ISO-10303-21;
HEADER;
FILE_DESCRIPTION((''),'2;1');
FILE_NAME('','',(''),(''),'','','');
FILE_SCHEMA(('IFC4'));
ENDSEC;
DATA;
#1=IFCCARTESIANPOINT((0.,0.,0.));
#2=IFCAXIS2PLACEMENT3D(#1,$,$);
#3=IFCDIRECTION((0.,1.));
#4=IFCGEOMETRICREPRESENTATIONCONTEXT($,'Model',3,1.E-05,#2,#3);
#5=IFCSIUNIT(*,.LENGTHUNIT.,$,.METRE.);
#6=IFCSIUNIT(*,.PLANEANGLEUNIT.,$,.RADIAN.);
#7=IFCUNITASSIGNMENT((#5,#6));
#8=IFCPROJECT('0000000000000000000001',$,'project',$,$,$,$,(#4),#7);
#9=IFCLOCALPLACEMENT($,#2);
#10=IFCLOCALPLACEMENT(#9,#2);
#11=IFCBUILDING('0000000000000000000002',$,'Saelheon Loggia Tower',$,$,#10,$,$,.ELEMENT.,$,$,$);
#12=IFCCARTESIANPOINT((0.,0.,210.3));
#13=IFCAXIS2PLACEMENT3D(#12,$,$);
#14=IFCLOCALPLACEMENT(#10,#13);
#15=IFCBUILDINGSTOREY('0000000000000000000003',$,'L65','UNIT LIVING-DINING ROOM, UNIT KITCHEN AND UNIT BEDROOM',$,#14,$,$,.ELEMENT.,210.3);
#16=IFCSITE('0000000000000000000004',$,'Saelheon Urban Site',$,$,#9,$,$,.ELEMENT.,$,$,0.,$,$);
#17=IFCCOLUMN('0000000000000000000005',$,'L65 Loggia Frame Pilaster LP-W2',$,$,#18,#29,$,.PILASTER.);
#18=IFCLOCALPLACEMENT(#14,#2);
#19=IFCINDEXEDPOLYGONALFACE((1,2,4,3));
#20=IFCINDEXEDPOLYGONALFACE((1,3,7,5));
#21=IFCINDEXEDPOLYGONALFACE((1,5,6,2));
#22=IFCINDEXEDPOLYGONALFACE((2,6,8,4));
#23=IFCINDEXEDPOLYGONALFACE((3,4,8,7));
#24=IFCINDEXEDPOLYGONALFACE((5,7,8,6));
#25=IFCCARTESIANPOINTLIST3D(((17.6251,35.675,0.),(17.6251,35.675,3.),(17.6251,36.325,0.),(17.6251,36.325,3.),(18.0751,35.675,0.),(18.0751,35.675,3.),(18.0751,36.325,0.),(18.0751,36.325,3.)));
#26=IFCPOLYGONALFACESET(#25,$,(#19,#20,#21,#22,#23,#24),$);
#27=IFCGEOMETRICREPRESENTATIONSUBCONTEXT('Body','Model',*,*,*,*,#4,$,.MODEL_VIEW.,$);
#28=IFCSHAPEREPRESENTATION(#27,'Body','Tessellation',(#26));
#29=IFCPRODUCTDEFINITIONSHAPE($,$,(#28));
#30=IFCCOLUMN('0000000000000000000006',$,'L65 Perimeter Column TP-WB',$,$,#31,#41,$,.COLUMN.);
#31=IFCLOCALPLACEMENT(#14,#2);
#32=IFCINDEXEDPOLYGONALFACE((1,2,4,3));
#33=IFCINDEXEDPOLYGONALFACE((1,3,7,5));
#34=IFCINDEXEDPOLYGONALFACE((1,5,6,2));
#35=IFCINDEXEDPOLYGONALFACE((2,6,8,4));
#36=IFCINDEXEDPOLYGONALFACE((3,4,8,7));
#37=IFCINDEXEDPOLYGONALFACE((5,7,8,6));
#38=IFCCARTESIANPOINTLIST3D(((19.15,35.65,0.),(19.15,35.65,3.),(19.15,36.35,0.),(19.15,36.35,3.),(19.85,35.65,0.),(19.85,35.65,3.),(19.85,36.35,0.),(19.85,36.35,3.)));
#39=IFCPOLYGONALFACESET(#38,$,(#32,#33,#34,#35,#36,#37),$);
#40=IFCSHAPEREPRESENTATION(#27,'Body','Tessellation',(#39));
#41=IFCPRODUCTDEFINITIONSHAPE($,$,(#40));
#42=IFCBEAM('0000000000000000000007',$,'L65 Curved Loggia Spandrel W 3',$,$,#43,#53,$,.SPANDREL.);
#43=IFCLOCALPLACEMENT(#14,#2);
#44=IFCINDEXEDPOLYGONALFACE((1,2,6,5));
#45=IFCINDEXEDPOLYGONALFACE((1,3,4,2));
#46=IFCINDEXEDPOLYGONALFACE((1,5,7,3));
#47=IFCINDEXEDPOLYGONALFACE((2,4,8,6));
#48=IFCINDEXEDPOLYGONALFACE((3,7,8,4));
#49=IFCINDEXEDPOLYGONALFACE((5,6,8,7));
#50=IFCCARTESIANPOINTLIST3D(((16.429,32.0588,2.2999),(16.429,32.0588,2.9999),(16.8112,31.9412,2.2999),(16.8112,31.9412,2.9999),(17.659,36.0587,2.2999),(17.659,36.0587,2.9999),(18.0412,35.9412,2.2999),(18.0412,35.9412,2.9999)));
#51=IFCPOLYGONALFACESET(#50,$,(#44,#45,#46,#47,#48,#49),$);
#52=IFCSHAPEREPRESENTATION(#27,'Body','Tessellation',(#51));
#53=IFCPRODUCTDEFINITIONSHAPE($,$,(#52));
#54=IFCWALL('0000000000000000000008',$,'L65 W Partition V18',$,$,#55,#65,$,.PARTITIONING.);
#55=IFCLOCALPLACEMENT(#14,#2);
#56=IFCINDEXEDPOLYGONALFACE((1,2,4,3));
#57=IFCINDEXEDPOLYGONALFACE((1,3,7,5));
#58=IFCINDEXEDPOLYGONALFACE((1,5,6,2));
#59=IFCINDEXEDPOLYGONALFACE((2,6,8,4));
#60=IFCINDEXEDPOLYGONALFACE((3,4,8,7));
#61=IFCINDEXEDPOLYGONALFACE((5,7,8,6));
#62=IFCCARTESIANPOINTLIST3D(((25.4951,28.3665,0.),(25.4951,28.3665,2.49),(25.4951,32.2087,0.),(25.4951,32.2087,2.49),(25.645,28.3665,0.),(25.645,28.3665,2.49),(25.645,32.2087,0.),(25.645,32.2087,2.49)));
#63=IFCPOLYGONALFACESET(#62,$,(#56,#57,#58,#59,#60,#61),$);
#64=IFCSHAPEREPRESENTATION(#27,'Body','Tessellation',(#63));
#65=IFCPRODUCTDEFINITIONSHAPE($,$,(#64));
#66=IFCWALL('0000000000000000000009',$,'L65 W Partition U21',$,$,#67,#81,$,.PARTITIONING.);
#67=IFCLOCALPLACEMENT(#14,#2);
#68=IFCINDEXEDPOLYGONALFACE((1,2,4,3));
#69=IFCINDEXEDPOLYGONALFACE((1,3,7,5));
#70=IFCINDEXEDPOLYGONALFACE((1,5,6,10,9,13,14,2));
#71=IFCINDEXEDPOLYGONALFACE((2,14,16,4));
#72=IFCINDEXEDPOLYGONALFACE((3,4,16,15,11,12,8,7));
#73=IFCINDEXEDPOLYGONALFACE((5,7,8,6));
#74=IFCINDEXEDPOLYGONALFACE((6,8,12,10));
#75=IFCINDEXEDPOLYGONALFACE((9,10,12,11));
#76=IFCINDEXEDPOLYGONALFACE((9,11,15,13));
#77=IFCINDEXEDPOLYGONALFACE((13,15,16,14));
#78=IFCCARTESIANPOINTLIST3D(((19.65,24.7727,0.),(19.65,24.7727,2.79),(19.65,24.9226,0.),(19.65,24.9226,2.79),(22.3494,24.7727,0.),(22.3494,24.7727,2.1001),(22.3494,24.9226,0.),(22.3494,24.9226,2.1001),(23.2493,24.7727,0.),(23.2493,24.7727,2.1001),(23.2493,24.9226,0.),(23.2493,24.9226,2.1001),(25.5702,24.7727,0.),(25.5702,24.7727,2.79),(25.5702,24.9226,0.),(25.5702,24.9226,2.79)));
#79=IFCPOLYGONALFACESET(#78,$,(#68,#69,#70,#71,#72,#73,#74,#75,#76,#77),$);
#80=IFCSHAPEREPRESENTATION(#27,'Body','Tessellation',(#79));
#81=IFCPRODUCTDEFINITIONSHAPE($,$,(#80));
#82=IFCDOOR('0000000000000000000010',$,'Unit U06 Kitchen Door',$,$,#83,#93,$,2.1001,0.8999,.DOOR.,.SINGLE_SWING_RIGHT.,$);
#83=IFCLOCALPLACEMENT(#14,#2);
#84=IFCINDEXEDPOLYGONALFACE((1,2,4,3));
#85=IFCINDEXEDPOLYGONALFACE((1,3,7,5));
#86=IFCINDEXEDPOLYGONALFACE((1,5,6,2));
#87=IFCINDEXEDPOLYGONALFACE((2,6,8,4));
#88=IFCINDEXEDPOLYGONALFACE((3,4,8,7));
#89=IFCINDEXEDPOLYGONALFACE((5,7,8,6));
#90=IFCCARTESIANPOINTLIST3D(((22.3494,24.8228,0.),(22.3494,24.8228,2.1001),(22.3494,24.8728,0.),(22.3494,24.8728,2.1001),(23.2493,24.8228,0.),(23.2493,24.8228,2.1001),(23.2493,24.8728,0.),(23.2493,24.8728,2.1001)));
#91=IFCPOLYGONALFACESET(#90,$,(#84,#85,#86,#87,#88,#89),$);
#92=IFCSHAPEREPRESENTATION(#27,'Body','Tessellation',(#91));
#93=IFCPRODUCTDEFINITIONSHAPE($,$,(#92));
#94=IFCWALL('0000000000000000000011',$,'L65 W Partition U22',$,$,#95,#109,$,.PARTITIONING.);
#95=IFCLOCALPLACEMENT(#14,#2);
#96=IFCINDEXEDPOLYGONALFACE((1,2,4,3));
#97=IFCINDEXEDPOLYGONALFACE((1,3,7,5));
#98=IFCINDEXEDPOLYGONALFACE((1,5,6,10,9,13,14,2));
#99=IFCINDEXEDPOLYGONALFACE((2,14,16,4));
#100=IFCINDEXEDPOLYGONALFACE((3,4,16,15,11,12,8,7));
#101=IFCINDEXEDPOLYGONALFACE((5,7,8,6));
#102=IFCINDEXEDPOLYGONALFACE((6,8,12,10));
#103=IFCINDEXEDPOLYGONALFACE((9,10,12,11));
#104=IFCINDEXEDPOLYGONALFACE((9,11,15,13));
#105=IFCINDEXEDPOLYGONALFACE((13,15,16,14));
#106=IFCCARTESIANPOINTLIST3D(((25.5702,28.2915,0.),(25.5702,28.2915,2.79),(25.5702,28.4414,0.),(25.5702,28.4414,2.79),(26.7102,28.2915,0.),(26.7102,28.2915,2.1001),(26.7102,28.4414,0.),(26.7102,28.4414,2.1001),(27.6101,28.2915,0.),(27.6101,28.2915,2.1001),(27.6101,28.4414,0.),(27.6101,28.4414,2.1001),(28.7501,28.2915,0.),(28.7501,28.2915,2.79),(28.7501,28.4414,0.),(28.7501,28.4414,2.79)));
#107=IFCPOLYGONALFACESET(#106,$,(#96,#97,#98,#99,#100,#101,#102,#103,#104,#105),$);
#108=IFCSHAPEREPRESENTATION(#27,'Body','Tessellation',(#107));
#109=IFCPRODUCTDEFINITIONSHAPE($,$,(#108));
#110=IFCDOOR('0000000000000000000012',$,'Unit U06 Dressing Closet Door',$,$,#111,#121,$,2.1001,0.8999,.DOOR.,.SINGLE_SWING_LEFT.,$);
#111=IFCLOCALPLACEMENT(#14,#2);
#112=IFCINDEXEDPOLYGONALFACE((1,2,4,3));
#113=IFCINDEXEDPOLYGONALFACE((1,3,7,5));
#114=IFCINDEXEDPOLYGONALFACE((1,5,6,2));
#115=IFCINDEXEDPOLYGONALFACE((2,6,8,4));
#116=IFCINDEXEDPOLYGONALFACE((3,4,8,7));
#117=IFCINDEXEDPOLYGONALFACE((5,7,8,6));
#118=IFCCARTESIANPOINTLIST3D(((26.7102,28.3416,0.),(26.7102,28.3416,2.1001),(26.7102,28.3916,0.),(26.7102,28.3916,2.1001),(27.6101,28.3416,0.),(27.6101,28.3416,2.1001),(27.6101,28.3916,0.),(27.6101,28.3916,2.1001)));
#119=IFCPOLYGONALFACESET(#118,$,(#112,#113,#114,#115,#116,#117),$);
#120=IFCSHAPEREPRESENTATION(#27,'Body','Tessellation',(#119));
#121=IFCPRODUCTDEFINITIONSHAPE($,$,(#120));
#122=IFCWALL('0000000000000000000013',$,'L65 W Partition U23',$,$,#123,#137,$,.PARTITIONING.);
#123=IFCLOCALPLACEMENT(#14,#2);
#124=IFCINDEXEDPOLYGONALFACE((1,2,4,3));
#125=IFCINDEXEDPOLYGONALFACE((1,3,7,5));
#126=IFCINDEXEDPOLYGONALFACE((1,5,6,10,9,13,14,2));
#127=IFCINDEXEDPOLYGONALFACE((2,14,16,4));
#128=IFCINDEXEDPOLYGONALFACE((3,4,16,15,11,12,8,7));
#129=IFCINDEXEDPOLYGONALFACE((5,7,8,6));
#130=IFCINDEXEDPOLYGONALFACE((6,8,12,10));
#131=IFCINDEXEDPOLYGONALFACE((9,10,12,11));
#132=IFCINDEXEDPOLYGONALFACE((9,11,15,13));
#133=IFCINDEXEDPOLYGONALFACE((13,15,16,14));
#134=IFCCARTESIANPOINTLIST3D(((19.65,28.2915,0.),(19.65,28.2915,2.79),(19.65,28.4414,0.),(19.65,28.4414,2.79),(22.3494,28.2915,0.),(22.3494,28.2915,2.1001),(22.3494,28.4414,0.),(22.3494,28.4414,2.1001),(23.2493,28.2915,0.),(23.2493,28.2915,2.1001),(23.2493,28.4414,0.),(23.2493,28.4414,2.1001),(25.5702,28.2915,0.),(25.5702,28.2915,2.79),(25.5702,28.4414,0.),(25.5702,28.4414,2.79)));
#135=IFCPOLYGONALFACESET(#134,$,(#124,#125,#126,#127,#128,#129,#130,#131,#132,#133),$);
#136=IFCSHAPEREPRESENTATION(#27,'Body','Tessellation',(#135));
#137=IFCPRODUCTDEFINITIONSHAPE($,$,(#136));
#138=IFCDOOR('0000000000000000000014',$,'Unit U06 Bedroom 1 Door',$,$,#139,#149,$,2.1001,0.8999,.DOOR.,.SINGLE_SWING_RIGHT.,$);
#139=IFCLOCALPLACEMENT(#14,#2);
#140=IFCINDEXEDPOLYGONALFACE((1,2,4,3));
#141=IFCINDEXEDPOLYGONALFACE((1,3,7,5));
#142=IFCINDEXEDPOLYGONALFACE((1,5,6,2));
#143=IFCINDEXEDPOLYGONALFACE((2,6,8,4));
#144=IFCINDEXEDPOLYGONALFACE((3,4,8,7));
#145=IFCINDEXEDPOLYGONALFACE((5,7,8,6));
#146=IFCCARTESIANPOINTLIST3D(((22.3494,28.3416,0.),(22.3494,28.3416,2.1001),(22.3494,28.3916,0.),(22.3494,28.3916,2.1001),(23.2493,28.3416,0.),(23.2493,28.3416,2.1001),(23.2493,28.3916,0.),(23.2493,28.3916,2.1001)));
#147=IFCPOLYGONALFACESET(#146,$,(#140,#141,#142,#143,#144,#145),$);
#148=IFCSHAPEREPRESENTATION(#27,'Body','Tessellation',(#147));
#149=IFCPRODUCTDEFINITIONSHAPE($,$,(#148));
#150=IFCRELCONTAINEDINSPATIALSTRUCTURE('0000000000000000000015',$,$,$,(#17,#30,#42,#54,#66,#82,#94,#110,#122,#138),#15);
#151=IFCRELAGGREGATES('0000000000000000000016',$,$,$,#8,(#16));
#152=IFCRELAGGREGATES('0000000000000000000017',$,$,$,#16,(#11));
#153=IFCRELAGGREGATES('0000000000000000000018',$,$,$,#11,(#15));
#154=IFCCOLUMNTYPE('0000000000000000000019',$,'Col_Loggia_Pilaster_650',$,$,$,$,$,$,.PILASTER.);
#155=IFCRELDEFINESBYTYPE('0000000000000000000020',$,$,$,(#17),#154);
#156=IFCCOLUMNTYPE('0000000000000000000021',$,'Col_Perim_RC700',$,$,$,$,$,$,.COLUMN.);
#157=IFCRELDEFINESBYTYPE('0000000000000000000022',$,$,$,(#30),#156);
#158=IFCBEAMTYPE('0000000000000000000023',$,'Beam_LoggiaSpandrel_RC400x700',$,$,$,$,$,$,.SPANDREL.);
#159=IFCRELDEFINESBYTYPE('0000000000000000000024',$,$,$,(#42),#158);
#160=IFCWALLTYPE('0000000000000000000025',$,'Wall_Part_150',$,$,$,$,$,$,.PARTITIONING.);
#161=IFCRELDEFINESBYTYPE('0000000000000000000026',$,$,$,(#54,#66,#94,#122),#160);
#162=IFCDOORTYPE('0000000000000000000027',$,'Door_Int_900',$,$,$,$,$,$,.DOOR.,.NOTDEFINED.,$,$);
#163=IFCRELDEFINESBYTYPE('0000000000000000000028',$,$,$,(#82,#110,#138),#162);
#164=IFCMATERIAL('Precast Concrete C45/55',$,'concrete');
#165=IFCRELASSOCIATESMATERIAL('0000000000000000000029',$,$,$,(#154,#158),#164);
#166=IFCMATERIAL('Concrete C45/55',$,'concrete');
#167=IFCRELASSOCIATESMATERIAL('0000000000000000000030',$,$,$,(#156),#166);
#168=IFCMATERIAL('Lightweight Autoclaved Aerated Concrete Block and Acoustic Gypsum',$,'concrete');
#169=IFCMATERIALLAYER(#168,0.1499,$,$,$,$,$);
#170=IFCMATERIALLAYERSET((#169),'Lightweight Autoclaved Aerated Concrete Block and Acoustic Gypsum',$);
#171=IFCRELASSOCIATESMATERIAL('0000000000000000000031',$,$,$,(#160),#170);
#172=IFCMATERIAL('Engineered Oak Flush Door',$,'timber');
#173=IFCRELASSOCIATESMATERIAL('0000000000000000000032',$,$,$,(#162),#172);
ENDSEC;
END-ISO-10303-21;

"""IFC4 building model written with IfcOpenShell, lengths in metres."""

from ifc_helpers import new_model, si_unit, direction, frame, frame_2d, origin, origin_2d, place, context, subcontext, project, spatial, rectangle, extrude, source, transform, mapped, material, layer, layer_set, material_profile, profile_set, type_object, element, fill, save


model = new_model("IFC4")

# Units and contexts
model_context = context("Model", 3, precision=1e-05, world=origin(), true_north=direction((0.0, 1.0)))
body_context = subcontext(model_context, "Body", "Model", "MODEL_VIEW")
ifc_project = project(units=[si_unit("LENGTHUNIT", "METRE"), si_unit("PLANEANGLEUNIT", "RADIAN")], contexts=[model_context])

# Site, building, storey
site_placement = place(None, origin())
site = spatial("IfcSite", under=ifc_project, at=site_placement, Name="Saelheon Urban Site", CompositionType="ELEMENT", RefElevation=0.0)
building_placement = place(site_placement, origin())
building = spatial("IfcBuilding", under=site, at=building_placement, Name="Saelheon Loggia Tower", CompositionType="ELEMENT")
storey_placement = place(building_placement, frame((0.0, 0.0, 210.3)))
storey = spatial("IfcBuildingStorey", under=building, at=storey_placement, Name="L65", Description="UNIT LIVING-DINING ROOM, UNIT KITCHEN AND UNIT BEDROOM", CompositionType="ELEMENT", Elevation=210.3)

# Columns
ifc_material_1 = material(Name="Precast Concrete C45/55", Category="concrete")
ifc_material_profile_1 = material_profile(ifc_material_1, rectangle(XDim=0.45, YDim=0.6499, at=origin_2d()), Name="RC-450x650")
ifc_profile_set_1 = profile_set([ifc_material_profile_1], Name="Precast Concrete C45/55")
column_type_1 = type_object("IfcColumnType", Name="Col_Loggia_Pilaster_650", PredefinedType="PILASTER", material=ifc_profile_set_1)
shared_shape_1 = source(origin(), body_context, "Body", "SweptSolid", [
    extrude(rectangle(XDim=0.45, YDim=0.6499, at=origin_2d()), origin(), (0.0, 0.0, 1.0), 3.0),
])
column_1_placement = place(storey_placement, frame((17.8501, 36.0, 0.0), z_axis=(0.0, 0.0, 1.0), x_axis=(1.0, 0.0, 0.0)))
element("IfcColumn", 1, at=column_1_placement, inside=storey, type_object=column_type_1, Name="L65 Loggia Frame Pilaster LP-W2", PredefinedType="PILASTER", context=body_context, shape_type="MappedRepresentation", body=[
    mapped(shared_shape_1, transform((0.0, 0.0, 0.0), scale=1.0)),
])
ifc_material_2 = material(Name="Concrete C45/55", Category="concrete")
ifc_material_profile_2 = material_profile(ifc_material_2, rectangle(XDim=0.7, YDim=0.7, at=origin_2d()), Name="RC-700x700")
ifc_profile_set_2 = profile_set([ifc_material_profile_2], Name="Concrete C45/55")
column_type_2 = type_object("IfcColumnType", Name="Col_Perim_RC700", PredefinedType="COLUMN", material=ifc_profile_set_2)
shared_shape_2 = source(origin(), body_context, "Body", "SweptSolid", [
    extrude(rectangle(XDim=0.7, YDim=0.7, at=origin_2d()), origin(), (0.0, 0.0, 1.0), 3.0),
])
column_2_placement = place(storey_placement, frame((19.5, 36.0, 0.0), z_axis=(0.0, 0.0, 1.0), x_axis=(1.0, 0.0, 0.0)))
element("IfcColumn", 2, at=column_2_placement, inside=storey, type_object=column_type_2, Name="L65 Perimeter Column TP-WB", PredefinedType="COLUMN", context=body_context, shape_type="MappedRepresentation", body=[
    mapped(shared_shape_2, transform((0.0, 0.0, 0.0), scale=1.0)),
])

# Beam
ifc_material_profile_3 = material_profile(ifc_material_1, rectangle(XDim=0.3999, YDim=0.7, at=origin_2d()), Name="RC-400x700")
ifc_profile_set_3 = profile_set([ifc_material_profile_3], Name="Precast Concrete C45/55")
beam_type = type_object("IfcBeamType", Name="Beam_LoggiaSpandrel_RC400x700", PredefinedType="SPANDREL", material=ifc_profile_set_3)
shared_shape_3 = source(origin(), body_context, "Body", "SweptSolid", [
    extrude(rectangle(XDim=0.3999, YDim=0.7, at=origin_2d()), origin(), (0.0, 0.0, 1.0), 4.1848),
])
beam_placement = place(storey_placement, frame((16.6201, 32.0, 2.6499), z_axis=(0.293914, 0.955832, 0.0), x_axis=(-0.955832, 0.293914, 0.0)))
element("IfcBeam", 3, at=beam_placement, inside=storey, type_object=beam_type, Name="L65 Curved Loggia Spandrel W 3", PredefinedType="SPANDREL", context=body_context, shape_type="MappedRepresentation", body=[
    mapped(shared_shape_3, transform((0.0, 0.0, 0.0), scale=1.0)),
])

# Wall
ifc_material_3 = material(Name="Lightweight Autoclaved Aerated Concrete Block and Acoustic Gypsum", Category="concrete")
ifc_layer_1 = layer(ifc_material_3, 0.1499)
ifc_layer_set_1 = layer_set([ifc_layer_1], Name="Lightweight Autoclaved Aerated Concrete Block and Acoustic Gypsum")
wall_type_1 = type_object("IfcWallType", Name="Wall_Part_150", PredefinedType="PARTITIONING", material=ifc_layer_set_1)
wall_1_placement = place(storey_placement, frame((25.5701, 28.3665, 0.0), z_axis=(0.0, 0.0, 1.0), x_axis=(0.0, 1.0, 0.0)))
element("IfcWall", 4, at=wall_1_placement, inside=storey, type_object=wall_type_1, Name="L65 W Partition V18", PredefinedType="PARTITIONING", context=body_context, shape_type="SweptSolid", body=[
    extrude(rectangle(XDim=3.8423, YDim=0.1499, at=frame_2d((1.9211, 0.0))), origin(), (0.0, 0.0, 1.0), 2.49),
])

# Walls, openings, doors
wall_2_placement = place(storey_placement, frame((25.5701, 24.8477, 0.0), z_axis=(0.0, 0.0, 1.0), x_axis=(-1.0, 0.0, 0.0)))
wall_2 = element("IfcWall", 5, at=wall_2_placement, inside=storey, type_object=wall_type_1, Name="L65 W Partition U21", PredefinedType="PARTITIONING", context=body_context, shape_type="SweptSolid", body=[
    extrude(rectangle(XDim=5.9202, YDim=0.1499, at=frame_2d((2.96, 0.0))), origin(), (0.0, 0.0, 1.0), 2.79),
])
opening_1_placement = place(wall_2_placement, frame((2.3208, 0.0, 0.0)))
opening_1 = element("IfcOpeningElement", 6, at=opening_1_placement, cuts=wall_2, PredefinedType="OPENING", context=body_context, shape_type="SweptSolid", body=[
    extrude(rectangle(XDim=0.8999, YDim=2.1001, at=frame_2d((0.45, 1.05))), frame((0.0, 0.0869, 0.0), z_axis=(0.0, -1.0, 0.0), x_axis=(1.0, 0.0, 0.0)), (0.0, 0.0, 1.0), 0.1738),
])
ifc_material_4 = material(Name="Engineered Oak Flush Door", Category="timber")
door_type_1 = type_object("IfcDoorType", Name="Door_Int_900", OperationType="NOTDEFINED", PredefinedType="DOOR", material=ifc_material_4)
shared_shape_4 = source(origin(), body_context, "Body", "SweptSolid", [
    extrude(rectangle(XDim=0.8999, YDim=2.1001, at=frame_2d((0.45, 1.05))), frame((0.0, 0.0249, 0.0), z_axis=(0.0, -1.0, 0.0), x_axis=(1.0, 0.0, 0.0)), (0.0, 0.0, 1.0), 0.05),
])
door_1_placement = place(opening_1_placement, origin())
door_1 = element("IfcDoor", 7, at=door_1_placement, inside=storey, type_object=door_type_1, Name="Unit U06 Kitchen Door", OperationType="SINGLE_SWING_RIGHT", OverallHeight=2.1001, OverallWidth=0.8999, PredefinedType="DOOR", context=body_context, shape_type="MappedRepresentation", body=[
    mapped(shared_shape_4, transform((0.0, 0.0, 0.0), scale=1.0)),
])
fill(opening_1, door_1)
wall_3_placement = place(storey_placement, frame((28.75, 28.3665, 0.0), z_axis=(0.0, 0.0, 1.0), x_axis=(-1.0, 0.0, 0.0)))
wall_3 = element("IfcWall", 8, at=wall_3_placement, inside=storey, type_object=wall_type_1, Name="L65 W Partition U22", PredefinedType="PARTITIONING", context=body_context, shape_type="SweptSolid", body=[
    extrude(rectangle(XDim=3.1799, YDim=0.1499, at=frame_2d((1.5898, 0.0))), origin(), (0.0, 0.0, 1.0), 2.79),
])
opening_2_placement = place(wall_3_placement, frame((1.1399, 0.0, 0.0)))
opening_2 = element("IfcOpeningElement", 9, at=opening_2_placement, cuts=wall_3, PredefinedType="OPENING", context=body_context, shape_type="SweptSolid", body=[
    extrude(rectangle(XDim=0.8999, YDim=2.1001, at=frame_2d((0.45, 1.05))), frame((0.0, 0.0869, 0.0), z_axis=(0.0, -1.0, 0.0), x_axis=(1.0, 0.0, 0.0)), (0.0, 0.0, 1.0), 0.1738),
])
door_2_placement = place(opening_2_placement, origin())
door_2 = element("IfcDoor", 10, at=door_2_placement, inside=storey, type_object=door_type_1, Name="Unit U06 Dressing Closet Door", OperationType="SINGLE_SWING_LEFT", OverallHeight=2.1001, OverallWidth=0.8999, PredefinedType="DOOR", context=body_context, shape_type="MappedRepresentation", body=[
    mapped(shared_shape_4, transform((0.0, 0.0, 0.0), scale=1.0)),
])
fill(opening_2, door_2)
wall_4_placement = place(storey_placement, frame((25.5701, 28.3665, 0.0), z_axis=(0.0, 0.0, 1.0), x_axis=(-1.0, 0.0, 0.0)))
wall_4 = element("IfcWall", 11, at=wall_4_placement, inside=storey, type_object=wall_type_1, Name="L65 W Partition U23", PredefinedType="PARTITIONING", context=body_context, shape_type="SweptSolid", body=[
    extrude(rectangle(XDim=5.9202, YDim=0.1499, at=frame_2d((2.96, 0.0))), origin(), (0.0, 0.0, 1.0), 2.79),
])
opening_3_placement = place(wall_4_placement, frame((2.3208, 0.0, 0.0)))
opening_3 = element("IfcOpeningElement", 12, at=opening_3_placement, cuts=wall_4, PredefinedType="OPENING", context=body_context, shape_type="SweptSolid", body=[
    extrude(rectangle(XDim=0.8999, YDim=2.1001, at=frame_2d((0.45, 1.05))), frame((0.0, 0.0869, 0.0), z_axis=(0.0, -1.0, 0.0), x_axis=(1.0, 0.0, 0.0)), (0.0, 0.0, 1.0), 0.1738),
])
door_3_placement = place(opening_3_placement, origin())
door_3 = element("IfcDoor", 13, at=door_3_placement, inside=storey, type_object=door_type_1, Name="Unit U06 Bedroom 1 Door", OperationType="SINGLE_SWING_RIGHT", OverallHeight=2.1001, OverallWidth=0.8999, PredefinedType="DOOR", context=body_context, shape_type="MappedRepresentation", body=[
    mapped(shared_shape_4, transform((0.0, 0.0, 0.0), scale=1.0)),
])
fill(opening_3, door_3)

save(model, "model.ifc")
